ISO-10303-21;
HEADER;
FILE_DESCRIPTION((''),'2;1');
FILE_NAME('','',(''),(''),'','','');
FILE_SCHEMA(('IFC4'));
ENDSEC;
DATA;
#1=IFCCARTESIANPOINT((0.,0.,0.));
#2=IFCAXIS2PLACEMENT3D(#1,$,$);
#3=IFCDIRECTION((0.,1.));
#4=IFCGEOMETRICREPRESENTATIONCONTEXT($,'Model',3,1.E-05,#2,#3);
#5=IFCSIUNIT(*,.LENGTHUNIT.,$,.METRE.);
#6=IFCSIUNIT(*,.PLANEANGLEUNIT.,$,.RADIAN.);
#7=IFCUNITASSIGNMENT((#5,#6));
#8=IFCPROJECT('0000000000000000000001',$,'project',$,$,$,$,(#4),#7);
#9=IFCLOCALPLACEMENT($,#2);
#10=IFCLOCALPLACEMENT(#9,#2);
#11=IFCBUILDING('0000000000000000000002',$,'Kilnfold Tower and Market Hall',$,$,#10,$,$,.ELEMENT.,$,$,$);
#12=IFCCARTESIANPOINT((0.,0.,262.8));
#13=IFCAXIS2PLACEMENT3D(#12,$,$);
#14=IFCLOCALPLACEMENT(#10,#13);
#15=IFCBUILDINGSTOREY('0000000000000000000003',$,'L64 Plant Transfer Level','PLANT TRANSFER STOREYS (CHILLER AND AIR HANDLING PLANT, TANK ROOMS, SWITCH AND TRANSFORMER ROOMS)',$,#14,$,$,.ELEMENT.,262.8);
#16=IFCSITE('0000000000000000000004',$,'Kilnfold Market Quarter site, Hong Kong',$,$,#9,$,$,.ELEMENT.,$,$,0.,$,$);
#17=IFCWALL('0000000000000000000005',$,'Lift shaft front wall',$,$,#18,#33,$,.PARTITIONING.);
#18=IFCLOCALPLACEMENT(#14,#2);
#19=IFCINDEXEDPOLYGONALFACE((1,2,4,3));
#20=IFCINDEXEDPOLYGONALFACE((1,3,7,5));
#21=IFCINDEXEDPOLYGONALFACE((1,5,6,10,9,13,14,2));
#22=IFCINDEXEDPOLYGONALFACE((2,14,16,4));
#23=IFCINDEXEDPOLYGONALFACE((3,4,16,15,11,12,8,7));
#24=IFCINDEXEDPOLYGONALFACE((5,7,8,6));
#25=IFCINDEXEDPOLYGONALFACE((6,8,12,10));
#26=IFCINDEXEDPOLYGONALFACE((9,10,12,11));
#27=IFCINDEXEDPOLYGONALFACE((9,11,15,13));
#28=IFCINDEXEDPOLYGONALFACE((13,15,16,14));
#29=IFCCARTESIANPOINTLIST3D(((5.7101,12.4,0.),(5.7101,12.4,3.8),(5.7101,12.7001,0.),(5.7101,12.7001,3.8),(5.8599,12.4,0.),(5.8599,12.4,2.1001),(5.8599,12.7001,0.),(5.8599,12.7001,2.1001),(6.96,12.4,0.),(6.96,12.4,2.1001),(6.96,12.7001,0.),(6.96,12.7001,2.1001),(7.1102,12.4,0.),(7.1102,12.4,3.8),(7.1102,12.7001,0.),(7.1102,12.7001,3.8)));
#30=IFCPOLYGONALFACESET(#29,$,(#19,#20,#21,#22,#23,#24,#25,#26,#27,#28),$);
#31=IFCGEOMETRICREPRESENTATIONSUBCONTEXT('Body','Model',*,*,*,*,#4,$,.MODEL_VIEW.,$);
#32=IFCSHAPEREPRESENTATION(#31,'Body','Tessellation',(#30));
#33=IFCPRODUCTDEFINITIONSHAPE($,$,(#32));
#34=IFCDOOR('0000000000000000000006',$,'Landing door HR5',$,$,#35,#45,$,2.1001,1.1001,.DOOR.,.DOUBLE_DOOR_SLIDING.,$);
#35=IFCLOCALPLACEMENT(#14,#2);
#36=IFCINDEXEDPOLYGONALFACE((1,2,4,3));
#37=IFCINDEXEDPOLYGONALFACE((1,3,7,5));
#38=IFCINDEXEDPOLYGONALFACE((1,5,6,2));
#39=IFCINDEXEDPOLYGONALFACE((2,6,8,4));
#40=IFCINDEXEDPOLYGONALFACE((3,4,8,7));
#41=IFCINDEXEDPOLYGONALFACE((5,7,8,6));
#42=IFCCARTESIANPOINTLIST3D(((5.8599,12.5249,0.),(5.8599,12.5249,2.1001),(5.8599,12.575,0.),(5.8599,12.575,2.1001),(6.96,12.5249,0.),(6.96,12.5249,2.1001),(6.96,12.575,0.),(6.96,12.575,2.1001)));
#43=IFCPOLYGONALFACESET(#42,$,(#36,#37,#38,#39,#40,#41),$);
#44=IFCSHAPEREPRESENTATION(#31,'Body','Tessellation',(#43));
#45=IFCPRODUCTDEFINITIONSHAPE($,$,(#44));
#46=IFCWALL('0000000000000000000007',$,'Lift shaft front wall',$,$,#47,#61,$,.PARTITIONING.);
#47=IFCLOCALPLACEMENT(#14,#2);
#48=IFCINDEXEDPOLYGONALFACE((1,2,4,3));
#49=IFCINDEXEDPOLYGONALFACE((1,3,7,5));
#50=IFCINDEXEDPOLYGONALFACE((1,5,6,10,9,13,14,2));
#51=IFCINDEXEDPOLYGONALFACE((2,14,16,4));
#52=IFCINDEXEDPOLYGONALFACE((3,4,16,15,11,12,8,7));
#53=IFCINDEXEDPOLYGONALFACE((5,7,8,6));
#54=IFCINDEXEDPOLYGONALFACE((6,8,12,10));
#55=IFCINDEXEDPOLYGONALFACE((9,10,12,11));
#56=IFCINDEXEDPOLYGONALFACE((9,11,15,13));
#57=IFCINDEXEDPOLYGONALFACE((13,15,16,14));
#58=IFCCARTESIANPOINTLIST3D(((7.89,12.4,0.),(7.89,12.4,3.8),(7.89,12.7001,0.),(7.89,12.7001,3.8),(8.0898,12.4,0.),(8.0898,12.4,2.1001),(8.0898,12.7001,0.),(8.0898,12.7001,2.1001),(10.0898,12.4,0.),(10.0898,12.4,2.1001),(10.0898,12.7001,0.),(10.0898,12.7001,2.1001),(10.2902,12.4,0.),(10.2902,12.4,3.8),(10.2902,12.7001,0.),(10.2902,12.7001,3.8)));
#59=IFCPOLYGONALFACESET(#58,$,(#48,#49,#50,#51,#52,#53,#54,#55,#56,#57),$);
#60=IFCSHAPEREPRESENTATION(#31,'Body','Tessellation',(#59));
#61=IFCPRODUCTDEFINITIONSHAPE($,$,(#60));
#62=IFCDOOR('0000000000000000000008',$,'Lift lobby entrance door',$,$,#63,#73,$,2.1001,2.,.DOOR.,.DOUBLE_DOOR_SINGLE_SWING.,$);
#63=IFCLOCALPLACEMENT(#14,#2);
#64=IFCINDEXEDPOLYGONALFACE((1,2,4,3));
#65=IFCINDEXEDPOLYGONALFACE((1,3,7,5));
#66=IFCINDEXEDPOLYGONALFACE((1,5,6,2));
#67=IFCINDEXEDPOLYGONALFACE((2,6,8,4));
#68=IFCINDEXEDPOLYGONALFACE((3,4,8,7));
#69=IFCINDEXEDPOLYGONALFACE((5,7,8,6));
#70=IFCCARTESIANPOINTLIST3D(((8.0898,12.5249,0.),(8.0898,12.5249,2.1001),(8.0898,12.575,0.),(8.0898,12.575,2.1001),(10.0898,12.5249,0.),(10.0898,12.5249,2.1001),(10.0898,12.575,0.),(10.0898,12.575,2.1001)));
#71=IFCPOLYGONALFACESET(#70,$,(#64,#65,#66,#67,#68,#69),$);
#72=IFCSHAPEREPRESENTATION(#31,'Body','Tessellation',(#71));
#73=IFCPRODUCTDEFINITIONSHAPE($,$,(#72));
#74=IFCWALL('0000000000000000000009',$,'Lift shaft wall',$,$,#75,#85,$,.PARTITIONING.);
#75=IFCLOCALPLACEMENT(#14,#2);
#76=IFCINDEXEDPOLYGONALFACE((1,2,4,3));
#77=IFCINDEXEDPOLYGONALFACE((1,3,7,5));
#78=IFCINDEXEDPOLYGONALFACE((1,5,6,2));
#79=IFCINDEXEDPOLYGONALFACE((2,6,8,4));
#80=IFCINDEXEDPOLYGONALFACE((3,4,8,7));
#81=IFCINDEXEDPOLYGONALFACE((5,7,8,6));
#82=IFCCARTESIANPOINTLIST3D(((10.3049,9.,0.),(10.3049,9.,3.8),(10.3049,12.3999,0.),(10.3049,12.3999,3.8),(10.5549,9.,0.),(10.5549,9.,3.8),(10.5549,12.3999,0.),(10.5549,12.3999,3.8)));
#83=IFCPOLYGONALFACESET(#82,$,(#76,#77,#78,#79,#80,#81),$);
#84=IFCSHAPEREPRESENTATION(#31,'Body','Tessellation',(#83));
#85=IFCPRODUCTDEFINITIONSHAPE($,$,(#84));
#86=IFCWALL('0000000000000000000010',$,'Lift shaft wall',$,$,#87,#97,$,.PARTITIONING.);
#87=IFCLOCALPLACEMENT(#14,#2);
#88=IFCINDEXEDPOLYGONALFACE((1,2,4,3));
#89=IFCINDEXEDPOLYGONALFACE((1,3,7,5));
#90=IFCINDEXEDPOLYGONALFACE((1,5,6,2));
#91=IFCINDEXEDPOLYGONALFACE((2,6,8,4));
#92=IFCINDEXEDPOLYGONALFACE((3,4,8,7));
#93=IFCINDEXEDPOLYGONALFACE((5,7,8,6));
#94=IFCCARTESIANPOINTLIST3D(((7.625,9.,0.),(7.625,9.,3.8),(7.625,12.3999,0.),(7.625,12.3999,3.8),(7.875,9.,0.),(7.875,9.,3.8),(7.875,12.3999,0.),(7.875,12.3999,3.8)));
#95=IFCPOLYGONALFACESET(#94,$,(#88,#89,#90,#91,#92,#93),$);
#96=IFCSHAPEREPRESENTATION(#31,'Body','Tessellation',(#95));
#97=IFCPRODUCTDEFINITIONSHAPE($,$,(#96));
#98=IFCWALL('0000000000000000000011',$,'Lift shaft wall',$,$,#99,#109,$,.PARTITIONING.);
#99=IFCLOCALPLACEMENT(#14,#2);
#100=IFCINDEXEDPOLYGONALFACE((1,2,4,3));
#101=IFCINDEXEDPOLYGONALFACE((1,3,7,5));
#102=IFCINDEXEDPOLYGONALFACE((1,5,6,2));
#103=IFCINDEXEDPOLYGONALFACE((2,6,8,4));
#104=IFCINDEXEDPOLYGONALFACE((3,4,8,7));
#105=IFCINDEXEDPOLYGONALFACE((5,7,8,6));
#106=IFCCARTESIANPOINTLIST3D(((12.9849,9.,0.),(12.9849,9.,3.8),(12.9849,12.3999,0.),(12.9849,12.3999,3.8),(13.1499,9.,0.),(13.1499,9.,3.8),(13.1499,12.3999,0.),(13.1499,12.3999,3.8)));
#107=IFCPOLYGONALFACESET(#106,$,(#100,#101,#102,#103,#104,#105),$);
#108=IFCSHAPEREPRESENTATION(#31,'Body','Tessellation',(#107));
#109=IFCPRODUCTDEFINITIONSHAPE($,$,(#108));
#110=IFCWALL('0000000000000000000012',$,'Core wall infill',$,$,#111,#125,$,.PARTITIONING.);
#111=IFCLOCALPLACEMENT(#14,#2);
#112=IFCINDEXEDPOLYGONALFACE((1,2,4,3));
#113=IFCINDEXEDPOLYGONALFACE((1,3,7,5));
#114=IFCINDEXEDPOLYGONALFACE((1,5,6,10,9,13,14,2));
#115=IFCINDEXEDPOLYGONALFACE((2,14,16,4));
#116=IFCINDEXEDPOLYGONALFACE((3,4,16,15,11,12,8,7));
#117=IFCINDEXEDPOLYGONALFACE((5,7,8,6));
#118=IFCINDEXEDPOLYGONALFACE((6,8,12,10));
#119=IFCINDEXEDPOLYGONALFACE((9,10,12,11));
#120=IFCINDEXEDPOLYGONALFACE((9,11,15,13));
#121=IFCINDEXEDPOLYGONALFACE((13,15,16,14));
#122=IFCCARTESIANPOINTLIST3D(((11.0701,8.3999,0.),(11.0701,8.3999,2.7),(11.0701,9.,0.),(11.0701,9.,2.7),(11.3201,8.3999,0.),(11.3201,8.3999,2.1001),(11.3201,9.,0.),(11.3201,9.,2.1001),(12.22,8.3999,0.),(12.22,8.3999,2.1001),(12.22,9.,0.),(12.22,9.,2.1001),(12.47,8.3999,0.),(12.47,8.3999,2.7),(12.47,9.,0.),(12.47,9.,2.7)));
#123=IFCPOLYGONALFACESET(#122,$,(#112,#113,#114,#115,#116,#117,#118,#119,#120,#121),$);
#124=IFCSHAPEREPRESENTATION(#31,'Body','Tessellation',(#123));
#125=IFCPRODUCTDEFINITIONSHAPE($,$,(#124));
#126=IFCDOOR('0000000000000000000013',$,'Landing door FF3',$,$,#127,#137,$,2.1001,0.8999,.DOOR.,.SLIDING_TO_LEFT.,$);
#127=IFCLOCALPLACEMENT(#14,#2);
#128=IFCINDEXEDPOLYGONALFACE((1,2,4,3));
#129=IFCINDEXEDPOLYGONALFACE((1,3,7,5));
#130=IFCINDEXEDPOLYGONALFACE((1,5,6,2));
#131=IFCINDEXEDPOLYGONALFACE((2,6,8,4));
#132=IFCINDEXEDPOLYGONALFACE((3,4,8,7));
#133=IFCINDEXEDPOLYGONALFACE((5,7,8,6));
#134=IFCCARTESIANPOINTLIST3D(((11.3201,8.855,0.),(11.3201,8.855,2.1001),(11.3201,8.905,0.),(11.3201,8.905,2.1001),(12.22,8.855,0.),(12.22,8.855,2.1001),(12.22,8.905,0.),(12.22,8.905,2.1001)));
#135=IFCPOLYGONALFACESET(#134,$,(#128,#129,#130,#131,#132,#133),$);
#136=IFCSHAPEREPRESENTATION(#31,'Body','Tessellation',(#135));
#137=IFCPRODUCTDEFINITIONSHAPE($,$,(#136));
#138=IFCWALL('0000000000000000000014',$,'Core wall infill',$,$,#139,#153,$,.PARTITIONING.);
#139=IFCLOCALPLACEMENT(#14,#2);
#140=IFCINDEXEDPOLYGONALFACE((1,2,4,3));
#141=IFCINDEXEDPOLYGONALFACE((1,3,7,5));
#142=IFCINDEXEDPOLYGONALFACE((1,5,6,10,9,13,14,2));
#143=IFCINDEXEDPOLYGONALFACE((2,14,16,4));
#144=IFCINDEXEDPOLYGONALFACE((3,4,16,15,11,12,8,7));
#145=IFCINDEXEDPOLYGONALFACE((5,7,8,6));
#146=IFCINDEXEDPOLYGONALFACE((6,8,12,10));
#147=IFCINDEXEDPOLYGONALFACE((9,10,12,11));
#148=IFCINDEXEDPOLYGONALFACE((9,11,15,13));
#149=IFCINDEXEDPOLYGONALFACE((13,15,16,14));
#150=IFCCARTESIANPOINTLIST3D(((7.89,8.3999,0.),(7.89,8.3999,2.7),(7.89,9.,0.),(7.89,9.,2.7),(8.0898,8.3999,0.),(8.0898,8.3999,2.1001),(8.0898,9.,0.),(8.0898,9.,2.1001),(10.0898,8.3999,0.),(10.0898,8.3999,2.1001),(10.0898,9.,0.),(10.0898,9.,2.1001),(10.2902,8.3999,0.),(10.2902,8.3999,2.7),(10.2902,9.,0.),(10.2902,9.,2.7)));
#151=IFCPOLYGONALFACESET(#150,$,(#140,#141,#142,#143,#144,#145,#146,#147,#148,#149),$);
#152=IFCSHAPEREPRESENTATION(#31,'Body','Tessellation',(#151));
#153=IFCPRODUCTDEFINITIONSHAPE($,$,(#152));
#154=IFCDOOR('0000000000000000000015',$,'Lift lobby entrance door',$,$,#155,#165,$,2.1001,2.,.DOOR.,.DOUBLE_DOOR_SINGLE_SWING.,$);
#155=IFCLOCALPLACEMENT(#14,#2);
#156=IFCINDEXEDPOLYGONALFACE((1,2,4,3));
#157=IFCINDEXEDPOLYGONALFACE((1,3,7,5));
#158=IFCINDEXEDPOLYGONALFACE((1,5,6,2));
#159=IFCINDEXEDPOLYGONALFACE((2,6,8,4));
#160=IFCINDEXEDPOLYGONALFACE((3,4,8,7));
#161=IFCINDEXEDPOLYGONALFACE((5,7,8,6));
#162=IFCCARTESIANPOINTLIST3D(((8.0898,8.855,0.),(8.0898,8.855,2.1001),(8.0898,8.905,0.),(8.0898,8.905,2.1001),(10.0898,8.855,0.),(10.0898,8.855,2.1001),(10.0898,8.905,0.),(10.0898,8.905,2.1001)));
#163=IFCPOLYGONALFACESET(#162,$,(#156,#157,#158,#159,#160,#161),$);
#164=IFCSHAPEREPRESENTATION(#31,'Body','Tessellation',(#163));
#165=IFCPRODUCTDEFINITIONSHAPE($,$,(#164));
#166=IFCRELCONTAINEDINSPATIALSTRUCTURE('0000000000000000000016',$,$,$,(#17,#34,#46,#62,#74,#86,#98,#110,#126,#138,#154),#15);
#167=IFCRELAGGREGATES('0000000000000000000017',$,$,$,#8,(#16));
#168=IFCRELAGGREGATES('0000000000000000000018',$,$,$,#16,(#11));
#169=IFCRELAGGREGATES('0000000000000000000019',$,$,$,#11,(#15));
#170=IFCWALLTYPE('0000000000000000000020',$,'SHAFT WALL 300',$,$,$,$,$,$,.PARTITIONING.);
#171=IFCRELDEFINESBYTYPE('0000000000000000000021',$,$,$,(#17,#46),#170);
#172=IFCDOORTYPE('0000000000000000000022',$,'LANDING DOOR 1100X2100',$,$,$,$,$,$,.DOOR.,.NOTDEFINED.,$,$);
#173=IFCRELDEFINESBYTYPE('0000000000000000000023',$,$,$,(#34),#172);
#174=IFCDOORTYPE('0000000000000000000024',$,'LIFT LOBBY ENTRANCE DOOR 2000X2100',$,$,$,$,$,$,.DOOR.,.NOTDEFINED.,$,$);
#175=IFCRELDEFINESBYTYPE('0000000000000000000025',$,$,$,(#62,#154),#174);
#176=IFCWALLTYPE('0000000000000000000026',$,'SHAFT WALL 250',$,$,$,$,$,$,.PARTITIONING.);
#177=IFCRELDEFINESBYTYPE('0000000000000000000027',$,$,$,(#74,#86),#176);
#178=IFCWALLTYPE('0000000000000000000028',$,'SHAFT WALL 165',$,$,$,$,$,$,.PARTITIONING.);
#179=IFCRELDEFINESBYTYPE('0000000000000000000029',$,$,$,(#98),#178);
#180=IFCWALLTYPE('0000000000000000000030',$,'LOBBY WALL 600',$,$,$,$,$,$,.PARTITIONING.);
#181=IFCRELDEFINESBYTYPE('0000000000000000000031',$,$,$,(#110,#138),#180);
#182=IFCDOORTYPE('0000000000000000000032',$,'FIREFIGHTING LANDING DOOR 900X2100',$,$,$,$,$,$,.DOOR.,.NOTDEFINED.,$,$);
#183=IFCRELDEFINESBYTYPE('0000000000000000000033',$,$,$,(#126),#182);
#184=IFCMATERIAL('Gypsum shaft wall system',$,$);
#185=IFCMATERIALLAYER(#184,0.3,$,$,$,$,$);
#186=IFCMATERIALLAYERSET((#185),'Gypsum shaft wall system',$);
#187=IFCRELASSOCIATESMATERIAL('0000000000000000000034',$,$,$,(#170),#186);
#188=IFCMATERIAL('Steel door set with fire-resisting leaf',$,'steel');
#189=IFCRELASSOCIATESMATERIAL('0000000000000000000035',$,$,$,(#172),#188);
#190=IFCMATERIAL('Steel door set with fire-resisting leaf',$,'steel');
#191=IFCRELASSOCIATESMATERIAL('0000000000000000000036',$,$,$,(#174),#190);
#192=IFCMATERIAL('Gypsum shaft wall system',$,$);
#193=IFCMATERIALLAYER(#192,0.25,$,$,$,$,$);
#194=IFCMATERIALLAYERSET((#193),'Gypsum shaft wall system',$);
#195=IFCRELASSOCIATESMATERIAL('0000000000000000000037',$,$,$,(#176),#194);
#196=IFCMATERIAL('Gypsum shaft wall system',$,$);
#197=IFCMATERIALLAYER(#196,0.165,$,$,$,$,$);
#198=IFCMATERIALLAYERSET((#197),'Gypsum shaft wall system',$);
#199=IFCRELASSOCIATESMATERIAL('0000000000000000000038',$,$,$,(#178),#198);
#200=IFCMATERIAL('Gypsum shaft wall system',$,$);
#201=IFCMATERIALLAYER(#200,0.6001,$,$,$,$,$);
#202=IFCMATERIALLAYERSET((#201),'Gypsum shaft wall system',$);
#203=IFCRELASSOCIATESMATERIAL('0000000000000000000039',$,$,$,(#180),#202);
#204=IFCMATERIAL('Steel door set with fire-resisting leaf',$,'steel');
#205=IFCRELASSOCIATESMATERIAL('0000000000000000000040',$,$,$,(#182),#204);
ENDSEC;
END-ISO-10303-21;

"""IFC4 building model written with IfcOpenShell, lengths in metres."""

from ifc_helpers import new_model, si_unit, direction, frame, frame_2d, origin, place, context, subcontext, project, spatial, rectangle, extrude, source, transform, mapped, material, layer, layer_set, type_object, element, fill, save


model = new_model("IFC4")

# Units and contexts
model_context = context("Model", 3, precision=1e-05, world=origin(), true_north=direction((0.0, 1.0)))
body_context = subcontext(model_context, "Body", "Model", "MODEL_VIEW")
ifc_project = project(units=[si_unit("LENGTHUNIT", "METRE"), si_unit("PLANEANGLEUNIT", "RADIAN")], contexts=[model_context])

# Site, building, storey
site_placement = place(None, origin())
site = spatial("IfcSite", under=ifc_project, at=site_placement, Name="Kilnfold Market Quarter site, Hong Kong", CompositionType="ELEMENT", RefElevation=0.0)
building_placement = place(site_placement, origin())
building = spatial("IfcBuilding", under=site, at=building_placement, Name="Kilnfold Tower and Market Hall", CompositionType="ELEMENT")
storey_placement = place(building_placement, frame((0.0, 0.0, 262.8)))
storey = spatial("IfcBuildingStorey", under=building, at=storey_placement, Name="L64 Plant Transfer Level", Description="PLANT TRANSFER STOREYS (CHILLER AND AIR HANDLING PLANT, TANK ROOMS, SWITCH AND TRANSFORMER ROOMS)", CompositionType="ELEMENT", Elevation=262.8)

# Walls, openings, doors
ifc_material_1 = material(Name="Gypsum shaft wall system")
ifc_layer_1 = layer(ifc_material_1, 0.3)
ifc_layer_set_1 = layer_set([ifc_layer_1], Name="Gypsum shaft wall system")
wall_type_1 = type_object("IfcWallType", Name="SHAFT WALL 300", PredefinedType="PARTITIONING", material=ifc_layer_set_1)
ifc_material_2 = material(Name="Steel door set with fire-resisting leaf", Category="steel")
door_type_1 = type_object("IfcDoorType", Name="LANDING DOOR 1100X2100", OperationType="NOTDEFINED", PredefinedType="DOOR", material=ifc_material_2)
shared_shape_1 = source(origin(), body_context, "Body", "SweptSolid", [
    extrude(rectangle(XDim=1.4001, YDim=0.3, at=frame_2d((0.7002, 0.0))), origin(), (0.0, 0.0, 1.0), 3.8),
])
wall_1_placement = place(storey_placement, frame((5.71, 12.55, 0.0), z_axis=(0.0, 0.0, 1.0), x_axis=(1.0, 0.0, 0.0)))
wall_1 = element("IfcWall", 1, at=wall_1_placement, inside=storey, type_object=wall_type_1, Name="Lift shaft front wall", PredefinedType="PARTITIONING", context=body_context, shape_type="MappedRepresentation", body=[
    mapped(shared_shape_1, transform((0.0, 0.0, 0.0))),
])
opening_1_placement = place(wall_1_placement, frame((0.1499, 0.0, 0.0)))
opening_1 = element("IfcOpeningElement", 2, at=opening_1_placement, cuts=wall_1, PredefinedType="OPENING", context=body_context, shape_type="SweptSolid", body=[
    extrude(rectangle(XDim=1.1001, YDim=2.1001, at=frame_2d((0.55, 1.05))), frame((0.0, 0.1602, 0.0), z_axis=(0.0, -1.0, 0.0), x_axis=(1.0, 0.0, 0.0)), (0.0, 0.0, 1.0), 0.3201),
])
door_1_placement = place(opening_1_placement, origin())
door_1 = element("IfcDoor", 3, at=door_1_placement, inside=storey, type_object=door_type_1, Name="Landing door HR5", OperationType="DOUBLE_DOOR_SLIDING", OverallHeight=2.1001, OverallWidth=1.1001, PredefinedType="DOOR", context=body_context, shape_type="SweptSolid", body=[
    extrude(rectangle(XDim=1.1001, YDim=2.1001, at=frame_2d((0.55, 1.05))), frame((0.0, 0.0249, 0.0), z_axis=(0.0, -1.0, 0.0), x_axis=(1.0, 0.0, 0.0)), (0.0, 0.0, 1.0), 0.05),
])
fill(opening_1, door_1)
shared_shape_2 = source(origin(), body_context, "Body", "SweptSolid", [
    extrude(rectangle(XDim=2.4001, YDim=0.3, at=frame_2d((1.2002, 0.0))), origin(), (0.0, 0.0, 1.0), 3.8),
])
wall_2_placement = place(storey_placement, frame((7.8899, 12.55, 0.0), z_axis=(0.0, 0.0, 1.0), x_axis=(1.0, 0.0, 0.0)))
wall_2 = element("IfcWall", 4, at=wall_2_placement, inside=storey, type_object=wall_type_1, Name="Lift shaft front wall", PredefinedType="PARTITIONING", context=body_context, shape_type="MappedRepresentation", body=[
    mapped(shared_shape_2, transform((0.0, 0.0, 0.0))),
])
opening_2_placement = place(wall_2_placement, frame((0.2, 0.0, 0.0)))
opening_2 = element("IfcOpeningElement", 5, at=opening_2_placement, cuts=wall_2, PredefinedType="OPENING", context=body_context, shape_type="SweptSolid", body=[
    extrude(rectangle(XDim=2.0, YDim=2.1001, at=frame_2d((1.0, 1.05))), frame((0.0, 0.1602, 0.0), z_axis=(0.0, -1.0, 0.0), x_axis=(1.0, 0.0, 0.0)), (0.0, 0.0, 1.0), 0.3201),
])
ifc_material_3 = material(Name="Steel door set with fire-resisting leaf", Category="steel")
door_type_2 = type_object("IfcDoorType", Name="LIFT LOBBY ENTRANCE DOOR 2000X2100", OperationType="NOTDEFINED", PredefinedType="DOOR", material=ifc_material_3)
door_2_placement = place(opening_2_placement, origin())
door_2 = element("IfcDoor", 6, at=door_2_placement, inside=storey, type_object=door_type_2, Name="Lift lobby entrance door", OperationType="DOUBLE_DOOR_SINGLE_SWING", OverallHeight=2.1001, OverallWidth=2.0, PredefinedType="DOOR", context=body_context, shape_type="SweptSolid", body=[
    extrude(rectangle(XDim=2.0, YDim=2.1001, at=frame_2d((1.0, 1.05))), frame((0.0, 0.0249, 0.0), z_axis=(0.0, -1.0, 0.0), x_axis=(1.0, 0.0, 0.0)), (0.0, 0.0, 1.0), 0.05),
])
fill(opening_2, door_2)

# Walls
ifc_material_4 = material(Name="Gypsum shaft wall system")
ifc_layer_2 = layer(ifc_material_4, 0.25)
ifc_layer_set_2 = layer_set([ifc_layer_2], Name="Gypsum shaft wall system")
wall_type_2 = type_object("IfcWallType", Name="SHAFT WALL 250", PredefinedType="PARTITIONING", material=ifc_layer_set_2)
shared_shape_3 = source(origin(), body_context, "Body", "SweptSolid", [
    extrude(rectangle(XDim=3.3999, YDim=0.25, at=frame_2d((1.7, 0.0))), origin(), (0.0, 0.0, 1.0), 3.8),
])
for number, where, z_axis, x_axis, name in (
    (7, (10.4299, 9.0, 0.0), (0.0, 0.0, 1.0), (0.0, 1.0, 0.0), "Lift shaft wall"),
    (8, (7.75, 9.0, 0.0), (0.0, 0.0, 1.0), (0.0, 1.0, 0.0), "Lift shaft wall"),
):
    element("IfcWall", number, at=place(storey_placement, frame(where, z_axis=z_axis, x_axis=x_axis)), inside=storey, type_object=wall_type_2, Name=name, PredefinedType="PARTITIONING", context=body_context, shape_type="MappedRepresentation", body=[
        mapped(shared_shape_3, transform((0.0, 0.0, 0.0))),
    ])
ifc_material_5 = material(Name="Gypsum shaft wall system")
ifc_layer_3 = layer(ifc_material_5, 0.165)
ifc_layer_set_3 = layer_set([ifc_layer_3], Name="Gypsum shaft wall system")
wall_type_3 = type_object("IfcWallType", Name="SHAFT WALL 165", PredefinedType="PARTITIONING", material=ifc_layer_set_3)
shared_shape_4 = source(origin(), body_context, "Body", "SweptSolid", [
    extrude(rectangle(XDim=3.3999, YDim=0.165, at=frame_2d((1.7, 0.0))), origin(), (0.0, 0.0, 1.0), 3.8),
])
wall_3_placement = place(storey_placement, frame((13.0674, 9.0, 0.0), z_axis=(0.0, 0.0, 1.0), x_axis=(0.0, 1.0, 0.0)))
element("IfcWall", 9, at=wall_3_placement, inside=storey, type_object=wall_type_3, Name="Lift shaft wall", PredefinedType="PARTITIONING", context=body_context, shape_type="MappedRepresentation", body=[
    mapped(shared_shape_4, transform((0.0, 0.0, 0.0))),
])

# Walls, openings, doors
ifc_material_6 = material(Name="Gypsum shaft wall system")
ifc_layer_4 = layer(ifc_material_6, 0.6001)
ifc_layer_set_4 = layer_set([ifc_layer_4], Name="Gypsum shaft wall system")
wall_type_4 = type_object("IfcWallType", Name="LOBBY WALL 600", PredefinedType="PARTITIONING", material=ifc_layer_set_4)
shared_shape_5 = source(origin(), body_context, "Body", "SweptSolid", [
    extrude(rectangle(XDim=1.3999, YDim=0.6001, at=frame_2d((0.7, 0.0))), origin(), (0.0, 0.0, 1.0), 2.7),
])
wall_4_placement = place(storey_placement, frame((11.0701, 8.7, 0.0), z_axis=(0.0, 0.0, 1.0), x_axis=(1.0, 0.0, 0.0)))
wall_4 = element("IfcWall", 10, at=wall_4_placement, inside=storey, type_object=wall_type_4, Name="Core wall infill", PredefinedType="PARTITIONING", context=body_context, shape_type="MappedRepresentation", body=[
    mapped(shared_shape_5, transform((0.0, 0.0, 0.0))),
])
opening_3_placement = place(wall_4_placement, frame((0.25, 0.0, 0.0)))
opening_3 = element("IfcOpeningElement", 11, at=opening_3_placement, cuts=wall_4, PredefinedType="OPENING", context=body_context, shape_type="SweptSolid", body=[
    extrude(rectangle(XDim=0.8999, YDim=2.1001, at=frame_2d((0.45, 1.05))), frame((0.0, 0.3101, 0.0), z_axis=(0.0, -1.0, 0.0), x_axis=(1.0, 0.0, 0.0)), (0.0, 0.0, 1.0), 0.6201),
])
ifc_material_7 = material(Name="Steel door set with fire-resisting leaf", Category="steel")
door_type_3 = type_object("IfcDoorType", Name="FIREFIGHTING LANDING DOOR 900X2100", OperationType="NOTDEFINED", PredefinedType="DOOR", material=ifc_material_7)
door_3_placement = place(opening_3_placement, origin())
door_3 = element("IfcDoor", 12, at=door_3_placement, inside=storey, type_object=door_type_3, Name="Landing door FF3", OperationType="SLIDING_TO_LEFT", OverallHeight=2.1001, OverallWidth=0.8999, PredefinedType="DOOR", context=body_context, shape_type="SweptSolid", body=[
    extrude(rectangle(XDim=0.8999, YDim=2.1001, at=frame_2d((0.45, 1.05))), frame((0.0, 0.2051, 0.0), z_axis=(0.0, -1.0, 0.0), x_axis=(1.0, 0.0, 0.0)), (0.0, 0.0, 1.0), 0.05),
])
fill(opening_3, door_3)
shared_shape_6 = source(origin(), body_context, "Body", "SweptSolid", [
    extrude(rectangle(XDim=2.4001, YDim=0.6001, at=frame_2d((1.2002, 0.0))), origin(), (0.0, 0.0, 1.0), 2.7),
])
wall_5_placement = place(storey_placement, frame((7.8899, 8.7, 0.0), z_axis=(0.0, 0.0, 1.0), x_axis=(1.0, 0.0, 0.0)))
wall_5 = element("IfcWall", 13, at=wall_5_placement, inside=storey, type_object=wall_type_4, Name="Core wall infill", PredefinedType="PARTITIONING", context=body_context, shape_type="MappedRepresentation", body=[
    mapped(shared_shape_6, transform((0.0, 0.0, 0.0))),
])
opening_4_placement = place(wall_5_placement, frame((0.2, 0.0, 0.0)))
opening_4 = element("IfcOpeningElement", 14, at=opening_4_placement, cuts=wall_5, PredefinedType="OPENING", context=body_context, shape_type="SweptSolid", body=[
    extrude(rectangle(XDim=2.0, YDim=2.1001, at=frame_2d((1.0, 1.05))), frame((0.0, 0.3101, 0.0), z_axis=(0.0, -1.0, 0.0), x_axis=(1.0, 0.0, 0.0)), (0.0, 0.0, 1.0), 0.6201),
])
door_4_placement = place(opening_4_placement, origin())
door_4 = element("IfcDoor", 15, at=door_4_placement, inside=storey, type_object=door_type_2, Name="Lift lobby entrance door", OperationType="DOUBLE_DOOR_SINGLE_SWING", OverallHeight=2.1001, OverallWidth=2.0, PredefinedType="DOOR", context=body_context, shape_type="SweptSolid", body=[
    extrude(rectangle(XDim=2.0, YDim=2.1001, at=frame_2d((1.0, 1.05))), frame((0.0, 0.2051, 0.0), z_axis=(0.0, -1.0, 0.0), x_axis=(1.0, 0.0, 0.0)), (0.0, 0.0, 1.0), 0.05),
])
fill(opening_4, door_4)

save(model, "model.ifc")
